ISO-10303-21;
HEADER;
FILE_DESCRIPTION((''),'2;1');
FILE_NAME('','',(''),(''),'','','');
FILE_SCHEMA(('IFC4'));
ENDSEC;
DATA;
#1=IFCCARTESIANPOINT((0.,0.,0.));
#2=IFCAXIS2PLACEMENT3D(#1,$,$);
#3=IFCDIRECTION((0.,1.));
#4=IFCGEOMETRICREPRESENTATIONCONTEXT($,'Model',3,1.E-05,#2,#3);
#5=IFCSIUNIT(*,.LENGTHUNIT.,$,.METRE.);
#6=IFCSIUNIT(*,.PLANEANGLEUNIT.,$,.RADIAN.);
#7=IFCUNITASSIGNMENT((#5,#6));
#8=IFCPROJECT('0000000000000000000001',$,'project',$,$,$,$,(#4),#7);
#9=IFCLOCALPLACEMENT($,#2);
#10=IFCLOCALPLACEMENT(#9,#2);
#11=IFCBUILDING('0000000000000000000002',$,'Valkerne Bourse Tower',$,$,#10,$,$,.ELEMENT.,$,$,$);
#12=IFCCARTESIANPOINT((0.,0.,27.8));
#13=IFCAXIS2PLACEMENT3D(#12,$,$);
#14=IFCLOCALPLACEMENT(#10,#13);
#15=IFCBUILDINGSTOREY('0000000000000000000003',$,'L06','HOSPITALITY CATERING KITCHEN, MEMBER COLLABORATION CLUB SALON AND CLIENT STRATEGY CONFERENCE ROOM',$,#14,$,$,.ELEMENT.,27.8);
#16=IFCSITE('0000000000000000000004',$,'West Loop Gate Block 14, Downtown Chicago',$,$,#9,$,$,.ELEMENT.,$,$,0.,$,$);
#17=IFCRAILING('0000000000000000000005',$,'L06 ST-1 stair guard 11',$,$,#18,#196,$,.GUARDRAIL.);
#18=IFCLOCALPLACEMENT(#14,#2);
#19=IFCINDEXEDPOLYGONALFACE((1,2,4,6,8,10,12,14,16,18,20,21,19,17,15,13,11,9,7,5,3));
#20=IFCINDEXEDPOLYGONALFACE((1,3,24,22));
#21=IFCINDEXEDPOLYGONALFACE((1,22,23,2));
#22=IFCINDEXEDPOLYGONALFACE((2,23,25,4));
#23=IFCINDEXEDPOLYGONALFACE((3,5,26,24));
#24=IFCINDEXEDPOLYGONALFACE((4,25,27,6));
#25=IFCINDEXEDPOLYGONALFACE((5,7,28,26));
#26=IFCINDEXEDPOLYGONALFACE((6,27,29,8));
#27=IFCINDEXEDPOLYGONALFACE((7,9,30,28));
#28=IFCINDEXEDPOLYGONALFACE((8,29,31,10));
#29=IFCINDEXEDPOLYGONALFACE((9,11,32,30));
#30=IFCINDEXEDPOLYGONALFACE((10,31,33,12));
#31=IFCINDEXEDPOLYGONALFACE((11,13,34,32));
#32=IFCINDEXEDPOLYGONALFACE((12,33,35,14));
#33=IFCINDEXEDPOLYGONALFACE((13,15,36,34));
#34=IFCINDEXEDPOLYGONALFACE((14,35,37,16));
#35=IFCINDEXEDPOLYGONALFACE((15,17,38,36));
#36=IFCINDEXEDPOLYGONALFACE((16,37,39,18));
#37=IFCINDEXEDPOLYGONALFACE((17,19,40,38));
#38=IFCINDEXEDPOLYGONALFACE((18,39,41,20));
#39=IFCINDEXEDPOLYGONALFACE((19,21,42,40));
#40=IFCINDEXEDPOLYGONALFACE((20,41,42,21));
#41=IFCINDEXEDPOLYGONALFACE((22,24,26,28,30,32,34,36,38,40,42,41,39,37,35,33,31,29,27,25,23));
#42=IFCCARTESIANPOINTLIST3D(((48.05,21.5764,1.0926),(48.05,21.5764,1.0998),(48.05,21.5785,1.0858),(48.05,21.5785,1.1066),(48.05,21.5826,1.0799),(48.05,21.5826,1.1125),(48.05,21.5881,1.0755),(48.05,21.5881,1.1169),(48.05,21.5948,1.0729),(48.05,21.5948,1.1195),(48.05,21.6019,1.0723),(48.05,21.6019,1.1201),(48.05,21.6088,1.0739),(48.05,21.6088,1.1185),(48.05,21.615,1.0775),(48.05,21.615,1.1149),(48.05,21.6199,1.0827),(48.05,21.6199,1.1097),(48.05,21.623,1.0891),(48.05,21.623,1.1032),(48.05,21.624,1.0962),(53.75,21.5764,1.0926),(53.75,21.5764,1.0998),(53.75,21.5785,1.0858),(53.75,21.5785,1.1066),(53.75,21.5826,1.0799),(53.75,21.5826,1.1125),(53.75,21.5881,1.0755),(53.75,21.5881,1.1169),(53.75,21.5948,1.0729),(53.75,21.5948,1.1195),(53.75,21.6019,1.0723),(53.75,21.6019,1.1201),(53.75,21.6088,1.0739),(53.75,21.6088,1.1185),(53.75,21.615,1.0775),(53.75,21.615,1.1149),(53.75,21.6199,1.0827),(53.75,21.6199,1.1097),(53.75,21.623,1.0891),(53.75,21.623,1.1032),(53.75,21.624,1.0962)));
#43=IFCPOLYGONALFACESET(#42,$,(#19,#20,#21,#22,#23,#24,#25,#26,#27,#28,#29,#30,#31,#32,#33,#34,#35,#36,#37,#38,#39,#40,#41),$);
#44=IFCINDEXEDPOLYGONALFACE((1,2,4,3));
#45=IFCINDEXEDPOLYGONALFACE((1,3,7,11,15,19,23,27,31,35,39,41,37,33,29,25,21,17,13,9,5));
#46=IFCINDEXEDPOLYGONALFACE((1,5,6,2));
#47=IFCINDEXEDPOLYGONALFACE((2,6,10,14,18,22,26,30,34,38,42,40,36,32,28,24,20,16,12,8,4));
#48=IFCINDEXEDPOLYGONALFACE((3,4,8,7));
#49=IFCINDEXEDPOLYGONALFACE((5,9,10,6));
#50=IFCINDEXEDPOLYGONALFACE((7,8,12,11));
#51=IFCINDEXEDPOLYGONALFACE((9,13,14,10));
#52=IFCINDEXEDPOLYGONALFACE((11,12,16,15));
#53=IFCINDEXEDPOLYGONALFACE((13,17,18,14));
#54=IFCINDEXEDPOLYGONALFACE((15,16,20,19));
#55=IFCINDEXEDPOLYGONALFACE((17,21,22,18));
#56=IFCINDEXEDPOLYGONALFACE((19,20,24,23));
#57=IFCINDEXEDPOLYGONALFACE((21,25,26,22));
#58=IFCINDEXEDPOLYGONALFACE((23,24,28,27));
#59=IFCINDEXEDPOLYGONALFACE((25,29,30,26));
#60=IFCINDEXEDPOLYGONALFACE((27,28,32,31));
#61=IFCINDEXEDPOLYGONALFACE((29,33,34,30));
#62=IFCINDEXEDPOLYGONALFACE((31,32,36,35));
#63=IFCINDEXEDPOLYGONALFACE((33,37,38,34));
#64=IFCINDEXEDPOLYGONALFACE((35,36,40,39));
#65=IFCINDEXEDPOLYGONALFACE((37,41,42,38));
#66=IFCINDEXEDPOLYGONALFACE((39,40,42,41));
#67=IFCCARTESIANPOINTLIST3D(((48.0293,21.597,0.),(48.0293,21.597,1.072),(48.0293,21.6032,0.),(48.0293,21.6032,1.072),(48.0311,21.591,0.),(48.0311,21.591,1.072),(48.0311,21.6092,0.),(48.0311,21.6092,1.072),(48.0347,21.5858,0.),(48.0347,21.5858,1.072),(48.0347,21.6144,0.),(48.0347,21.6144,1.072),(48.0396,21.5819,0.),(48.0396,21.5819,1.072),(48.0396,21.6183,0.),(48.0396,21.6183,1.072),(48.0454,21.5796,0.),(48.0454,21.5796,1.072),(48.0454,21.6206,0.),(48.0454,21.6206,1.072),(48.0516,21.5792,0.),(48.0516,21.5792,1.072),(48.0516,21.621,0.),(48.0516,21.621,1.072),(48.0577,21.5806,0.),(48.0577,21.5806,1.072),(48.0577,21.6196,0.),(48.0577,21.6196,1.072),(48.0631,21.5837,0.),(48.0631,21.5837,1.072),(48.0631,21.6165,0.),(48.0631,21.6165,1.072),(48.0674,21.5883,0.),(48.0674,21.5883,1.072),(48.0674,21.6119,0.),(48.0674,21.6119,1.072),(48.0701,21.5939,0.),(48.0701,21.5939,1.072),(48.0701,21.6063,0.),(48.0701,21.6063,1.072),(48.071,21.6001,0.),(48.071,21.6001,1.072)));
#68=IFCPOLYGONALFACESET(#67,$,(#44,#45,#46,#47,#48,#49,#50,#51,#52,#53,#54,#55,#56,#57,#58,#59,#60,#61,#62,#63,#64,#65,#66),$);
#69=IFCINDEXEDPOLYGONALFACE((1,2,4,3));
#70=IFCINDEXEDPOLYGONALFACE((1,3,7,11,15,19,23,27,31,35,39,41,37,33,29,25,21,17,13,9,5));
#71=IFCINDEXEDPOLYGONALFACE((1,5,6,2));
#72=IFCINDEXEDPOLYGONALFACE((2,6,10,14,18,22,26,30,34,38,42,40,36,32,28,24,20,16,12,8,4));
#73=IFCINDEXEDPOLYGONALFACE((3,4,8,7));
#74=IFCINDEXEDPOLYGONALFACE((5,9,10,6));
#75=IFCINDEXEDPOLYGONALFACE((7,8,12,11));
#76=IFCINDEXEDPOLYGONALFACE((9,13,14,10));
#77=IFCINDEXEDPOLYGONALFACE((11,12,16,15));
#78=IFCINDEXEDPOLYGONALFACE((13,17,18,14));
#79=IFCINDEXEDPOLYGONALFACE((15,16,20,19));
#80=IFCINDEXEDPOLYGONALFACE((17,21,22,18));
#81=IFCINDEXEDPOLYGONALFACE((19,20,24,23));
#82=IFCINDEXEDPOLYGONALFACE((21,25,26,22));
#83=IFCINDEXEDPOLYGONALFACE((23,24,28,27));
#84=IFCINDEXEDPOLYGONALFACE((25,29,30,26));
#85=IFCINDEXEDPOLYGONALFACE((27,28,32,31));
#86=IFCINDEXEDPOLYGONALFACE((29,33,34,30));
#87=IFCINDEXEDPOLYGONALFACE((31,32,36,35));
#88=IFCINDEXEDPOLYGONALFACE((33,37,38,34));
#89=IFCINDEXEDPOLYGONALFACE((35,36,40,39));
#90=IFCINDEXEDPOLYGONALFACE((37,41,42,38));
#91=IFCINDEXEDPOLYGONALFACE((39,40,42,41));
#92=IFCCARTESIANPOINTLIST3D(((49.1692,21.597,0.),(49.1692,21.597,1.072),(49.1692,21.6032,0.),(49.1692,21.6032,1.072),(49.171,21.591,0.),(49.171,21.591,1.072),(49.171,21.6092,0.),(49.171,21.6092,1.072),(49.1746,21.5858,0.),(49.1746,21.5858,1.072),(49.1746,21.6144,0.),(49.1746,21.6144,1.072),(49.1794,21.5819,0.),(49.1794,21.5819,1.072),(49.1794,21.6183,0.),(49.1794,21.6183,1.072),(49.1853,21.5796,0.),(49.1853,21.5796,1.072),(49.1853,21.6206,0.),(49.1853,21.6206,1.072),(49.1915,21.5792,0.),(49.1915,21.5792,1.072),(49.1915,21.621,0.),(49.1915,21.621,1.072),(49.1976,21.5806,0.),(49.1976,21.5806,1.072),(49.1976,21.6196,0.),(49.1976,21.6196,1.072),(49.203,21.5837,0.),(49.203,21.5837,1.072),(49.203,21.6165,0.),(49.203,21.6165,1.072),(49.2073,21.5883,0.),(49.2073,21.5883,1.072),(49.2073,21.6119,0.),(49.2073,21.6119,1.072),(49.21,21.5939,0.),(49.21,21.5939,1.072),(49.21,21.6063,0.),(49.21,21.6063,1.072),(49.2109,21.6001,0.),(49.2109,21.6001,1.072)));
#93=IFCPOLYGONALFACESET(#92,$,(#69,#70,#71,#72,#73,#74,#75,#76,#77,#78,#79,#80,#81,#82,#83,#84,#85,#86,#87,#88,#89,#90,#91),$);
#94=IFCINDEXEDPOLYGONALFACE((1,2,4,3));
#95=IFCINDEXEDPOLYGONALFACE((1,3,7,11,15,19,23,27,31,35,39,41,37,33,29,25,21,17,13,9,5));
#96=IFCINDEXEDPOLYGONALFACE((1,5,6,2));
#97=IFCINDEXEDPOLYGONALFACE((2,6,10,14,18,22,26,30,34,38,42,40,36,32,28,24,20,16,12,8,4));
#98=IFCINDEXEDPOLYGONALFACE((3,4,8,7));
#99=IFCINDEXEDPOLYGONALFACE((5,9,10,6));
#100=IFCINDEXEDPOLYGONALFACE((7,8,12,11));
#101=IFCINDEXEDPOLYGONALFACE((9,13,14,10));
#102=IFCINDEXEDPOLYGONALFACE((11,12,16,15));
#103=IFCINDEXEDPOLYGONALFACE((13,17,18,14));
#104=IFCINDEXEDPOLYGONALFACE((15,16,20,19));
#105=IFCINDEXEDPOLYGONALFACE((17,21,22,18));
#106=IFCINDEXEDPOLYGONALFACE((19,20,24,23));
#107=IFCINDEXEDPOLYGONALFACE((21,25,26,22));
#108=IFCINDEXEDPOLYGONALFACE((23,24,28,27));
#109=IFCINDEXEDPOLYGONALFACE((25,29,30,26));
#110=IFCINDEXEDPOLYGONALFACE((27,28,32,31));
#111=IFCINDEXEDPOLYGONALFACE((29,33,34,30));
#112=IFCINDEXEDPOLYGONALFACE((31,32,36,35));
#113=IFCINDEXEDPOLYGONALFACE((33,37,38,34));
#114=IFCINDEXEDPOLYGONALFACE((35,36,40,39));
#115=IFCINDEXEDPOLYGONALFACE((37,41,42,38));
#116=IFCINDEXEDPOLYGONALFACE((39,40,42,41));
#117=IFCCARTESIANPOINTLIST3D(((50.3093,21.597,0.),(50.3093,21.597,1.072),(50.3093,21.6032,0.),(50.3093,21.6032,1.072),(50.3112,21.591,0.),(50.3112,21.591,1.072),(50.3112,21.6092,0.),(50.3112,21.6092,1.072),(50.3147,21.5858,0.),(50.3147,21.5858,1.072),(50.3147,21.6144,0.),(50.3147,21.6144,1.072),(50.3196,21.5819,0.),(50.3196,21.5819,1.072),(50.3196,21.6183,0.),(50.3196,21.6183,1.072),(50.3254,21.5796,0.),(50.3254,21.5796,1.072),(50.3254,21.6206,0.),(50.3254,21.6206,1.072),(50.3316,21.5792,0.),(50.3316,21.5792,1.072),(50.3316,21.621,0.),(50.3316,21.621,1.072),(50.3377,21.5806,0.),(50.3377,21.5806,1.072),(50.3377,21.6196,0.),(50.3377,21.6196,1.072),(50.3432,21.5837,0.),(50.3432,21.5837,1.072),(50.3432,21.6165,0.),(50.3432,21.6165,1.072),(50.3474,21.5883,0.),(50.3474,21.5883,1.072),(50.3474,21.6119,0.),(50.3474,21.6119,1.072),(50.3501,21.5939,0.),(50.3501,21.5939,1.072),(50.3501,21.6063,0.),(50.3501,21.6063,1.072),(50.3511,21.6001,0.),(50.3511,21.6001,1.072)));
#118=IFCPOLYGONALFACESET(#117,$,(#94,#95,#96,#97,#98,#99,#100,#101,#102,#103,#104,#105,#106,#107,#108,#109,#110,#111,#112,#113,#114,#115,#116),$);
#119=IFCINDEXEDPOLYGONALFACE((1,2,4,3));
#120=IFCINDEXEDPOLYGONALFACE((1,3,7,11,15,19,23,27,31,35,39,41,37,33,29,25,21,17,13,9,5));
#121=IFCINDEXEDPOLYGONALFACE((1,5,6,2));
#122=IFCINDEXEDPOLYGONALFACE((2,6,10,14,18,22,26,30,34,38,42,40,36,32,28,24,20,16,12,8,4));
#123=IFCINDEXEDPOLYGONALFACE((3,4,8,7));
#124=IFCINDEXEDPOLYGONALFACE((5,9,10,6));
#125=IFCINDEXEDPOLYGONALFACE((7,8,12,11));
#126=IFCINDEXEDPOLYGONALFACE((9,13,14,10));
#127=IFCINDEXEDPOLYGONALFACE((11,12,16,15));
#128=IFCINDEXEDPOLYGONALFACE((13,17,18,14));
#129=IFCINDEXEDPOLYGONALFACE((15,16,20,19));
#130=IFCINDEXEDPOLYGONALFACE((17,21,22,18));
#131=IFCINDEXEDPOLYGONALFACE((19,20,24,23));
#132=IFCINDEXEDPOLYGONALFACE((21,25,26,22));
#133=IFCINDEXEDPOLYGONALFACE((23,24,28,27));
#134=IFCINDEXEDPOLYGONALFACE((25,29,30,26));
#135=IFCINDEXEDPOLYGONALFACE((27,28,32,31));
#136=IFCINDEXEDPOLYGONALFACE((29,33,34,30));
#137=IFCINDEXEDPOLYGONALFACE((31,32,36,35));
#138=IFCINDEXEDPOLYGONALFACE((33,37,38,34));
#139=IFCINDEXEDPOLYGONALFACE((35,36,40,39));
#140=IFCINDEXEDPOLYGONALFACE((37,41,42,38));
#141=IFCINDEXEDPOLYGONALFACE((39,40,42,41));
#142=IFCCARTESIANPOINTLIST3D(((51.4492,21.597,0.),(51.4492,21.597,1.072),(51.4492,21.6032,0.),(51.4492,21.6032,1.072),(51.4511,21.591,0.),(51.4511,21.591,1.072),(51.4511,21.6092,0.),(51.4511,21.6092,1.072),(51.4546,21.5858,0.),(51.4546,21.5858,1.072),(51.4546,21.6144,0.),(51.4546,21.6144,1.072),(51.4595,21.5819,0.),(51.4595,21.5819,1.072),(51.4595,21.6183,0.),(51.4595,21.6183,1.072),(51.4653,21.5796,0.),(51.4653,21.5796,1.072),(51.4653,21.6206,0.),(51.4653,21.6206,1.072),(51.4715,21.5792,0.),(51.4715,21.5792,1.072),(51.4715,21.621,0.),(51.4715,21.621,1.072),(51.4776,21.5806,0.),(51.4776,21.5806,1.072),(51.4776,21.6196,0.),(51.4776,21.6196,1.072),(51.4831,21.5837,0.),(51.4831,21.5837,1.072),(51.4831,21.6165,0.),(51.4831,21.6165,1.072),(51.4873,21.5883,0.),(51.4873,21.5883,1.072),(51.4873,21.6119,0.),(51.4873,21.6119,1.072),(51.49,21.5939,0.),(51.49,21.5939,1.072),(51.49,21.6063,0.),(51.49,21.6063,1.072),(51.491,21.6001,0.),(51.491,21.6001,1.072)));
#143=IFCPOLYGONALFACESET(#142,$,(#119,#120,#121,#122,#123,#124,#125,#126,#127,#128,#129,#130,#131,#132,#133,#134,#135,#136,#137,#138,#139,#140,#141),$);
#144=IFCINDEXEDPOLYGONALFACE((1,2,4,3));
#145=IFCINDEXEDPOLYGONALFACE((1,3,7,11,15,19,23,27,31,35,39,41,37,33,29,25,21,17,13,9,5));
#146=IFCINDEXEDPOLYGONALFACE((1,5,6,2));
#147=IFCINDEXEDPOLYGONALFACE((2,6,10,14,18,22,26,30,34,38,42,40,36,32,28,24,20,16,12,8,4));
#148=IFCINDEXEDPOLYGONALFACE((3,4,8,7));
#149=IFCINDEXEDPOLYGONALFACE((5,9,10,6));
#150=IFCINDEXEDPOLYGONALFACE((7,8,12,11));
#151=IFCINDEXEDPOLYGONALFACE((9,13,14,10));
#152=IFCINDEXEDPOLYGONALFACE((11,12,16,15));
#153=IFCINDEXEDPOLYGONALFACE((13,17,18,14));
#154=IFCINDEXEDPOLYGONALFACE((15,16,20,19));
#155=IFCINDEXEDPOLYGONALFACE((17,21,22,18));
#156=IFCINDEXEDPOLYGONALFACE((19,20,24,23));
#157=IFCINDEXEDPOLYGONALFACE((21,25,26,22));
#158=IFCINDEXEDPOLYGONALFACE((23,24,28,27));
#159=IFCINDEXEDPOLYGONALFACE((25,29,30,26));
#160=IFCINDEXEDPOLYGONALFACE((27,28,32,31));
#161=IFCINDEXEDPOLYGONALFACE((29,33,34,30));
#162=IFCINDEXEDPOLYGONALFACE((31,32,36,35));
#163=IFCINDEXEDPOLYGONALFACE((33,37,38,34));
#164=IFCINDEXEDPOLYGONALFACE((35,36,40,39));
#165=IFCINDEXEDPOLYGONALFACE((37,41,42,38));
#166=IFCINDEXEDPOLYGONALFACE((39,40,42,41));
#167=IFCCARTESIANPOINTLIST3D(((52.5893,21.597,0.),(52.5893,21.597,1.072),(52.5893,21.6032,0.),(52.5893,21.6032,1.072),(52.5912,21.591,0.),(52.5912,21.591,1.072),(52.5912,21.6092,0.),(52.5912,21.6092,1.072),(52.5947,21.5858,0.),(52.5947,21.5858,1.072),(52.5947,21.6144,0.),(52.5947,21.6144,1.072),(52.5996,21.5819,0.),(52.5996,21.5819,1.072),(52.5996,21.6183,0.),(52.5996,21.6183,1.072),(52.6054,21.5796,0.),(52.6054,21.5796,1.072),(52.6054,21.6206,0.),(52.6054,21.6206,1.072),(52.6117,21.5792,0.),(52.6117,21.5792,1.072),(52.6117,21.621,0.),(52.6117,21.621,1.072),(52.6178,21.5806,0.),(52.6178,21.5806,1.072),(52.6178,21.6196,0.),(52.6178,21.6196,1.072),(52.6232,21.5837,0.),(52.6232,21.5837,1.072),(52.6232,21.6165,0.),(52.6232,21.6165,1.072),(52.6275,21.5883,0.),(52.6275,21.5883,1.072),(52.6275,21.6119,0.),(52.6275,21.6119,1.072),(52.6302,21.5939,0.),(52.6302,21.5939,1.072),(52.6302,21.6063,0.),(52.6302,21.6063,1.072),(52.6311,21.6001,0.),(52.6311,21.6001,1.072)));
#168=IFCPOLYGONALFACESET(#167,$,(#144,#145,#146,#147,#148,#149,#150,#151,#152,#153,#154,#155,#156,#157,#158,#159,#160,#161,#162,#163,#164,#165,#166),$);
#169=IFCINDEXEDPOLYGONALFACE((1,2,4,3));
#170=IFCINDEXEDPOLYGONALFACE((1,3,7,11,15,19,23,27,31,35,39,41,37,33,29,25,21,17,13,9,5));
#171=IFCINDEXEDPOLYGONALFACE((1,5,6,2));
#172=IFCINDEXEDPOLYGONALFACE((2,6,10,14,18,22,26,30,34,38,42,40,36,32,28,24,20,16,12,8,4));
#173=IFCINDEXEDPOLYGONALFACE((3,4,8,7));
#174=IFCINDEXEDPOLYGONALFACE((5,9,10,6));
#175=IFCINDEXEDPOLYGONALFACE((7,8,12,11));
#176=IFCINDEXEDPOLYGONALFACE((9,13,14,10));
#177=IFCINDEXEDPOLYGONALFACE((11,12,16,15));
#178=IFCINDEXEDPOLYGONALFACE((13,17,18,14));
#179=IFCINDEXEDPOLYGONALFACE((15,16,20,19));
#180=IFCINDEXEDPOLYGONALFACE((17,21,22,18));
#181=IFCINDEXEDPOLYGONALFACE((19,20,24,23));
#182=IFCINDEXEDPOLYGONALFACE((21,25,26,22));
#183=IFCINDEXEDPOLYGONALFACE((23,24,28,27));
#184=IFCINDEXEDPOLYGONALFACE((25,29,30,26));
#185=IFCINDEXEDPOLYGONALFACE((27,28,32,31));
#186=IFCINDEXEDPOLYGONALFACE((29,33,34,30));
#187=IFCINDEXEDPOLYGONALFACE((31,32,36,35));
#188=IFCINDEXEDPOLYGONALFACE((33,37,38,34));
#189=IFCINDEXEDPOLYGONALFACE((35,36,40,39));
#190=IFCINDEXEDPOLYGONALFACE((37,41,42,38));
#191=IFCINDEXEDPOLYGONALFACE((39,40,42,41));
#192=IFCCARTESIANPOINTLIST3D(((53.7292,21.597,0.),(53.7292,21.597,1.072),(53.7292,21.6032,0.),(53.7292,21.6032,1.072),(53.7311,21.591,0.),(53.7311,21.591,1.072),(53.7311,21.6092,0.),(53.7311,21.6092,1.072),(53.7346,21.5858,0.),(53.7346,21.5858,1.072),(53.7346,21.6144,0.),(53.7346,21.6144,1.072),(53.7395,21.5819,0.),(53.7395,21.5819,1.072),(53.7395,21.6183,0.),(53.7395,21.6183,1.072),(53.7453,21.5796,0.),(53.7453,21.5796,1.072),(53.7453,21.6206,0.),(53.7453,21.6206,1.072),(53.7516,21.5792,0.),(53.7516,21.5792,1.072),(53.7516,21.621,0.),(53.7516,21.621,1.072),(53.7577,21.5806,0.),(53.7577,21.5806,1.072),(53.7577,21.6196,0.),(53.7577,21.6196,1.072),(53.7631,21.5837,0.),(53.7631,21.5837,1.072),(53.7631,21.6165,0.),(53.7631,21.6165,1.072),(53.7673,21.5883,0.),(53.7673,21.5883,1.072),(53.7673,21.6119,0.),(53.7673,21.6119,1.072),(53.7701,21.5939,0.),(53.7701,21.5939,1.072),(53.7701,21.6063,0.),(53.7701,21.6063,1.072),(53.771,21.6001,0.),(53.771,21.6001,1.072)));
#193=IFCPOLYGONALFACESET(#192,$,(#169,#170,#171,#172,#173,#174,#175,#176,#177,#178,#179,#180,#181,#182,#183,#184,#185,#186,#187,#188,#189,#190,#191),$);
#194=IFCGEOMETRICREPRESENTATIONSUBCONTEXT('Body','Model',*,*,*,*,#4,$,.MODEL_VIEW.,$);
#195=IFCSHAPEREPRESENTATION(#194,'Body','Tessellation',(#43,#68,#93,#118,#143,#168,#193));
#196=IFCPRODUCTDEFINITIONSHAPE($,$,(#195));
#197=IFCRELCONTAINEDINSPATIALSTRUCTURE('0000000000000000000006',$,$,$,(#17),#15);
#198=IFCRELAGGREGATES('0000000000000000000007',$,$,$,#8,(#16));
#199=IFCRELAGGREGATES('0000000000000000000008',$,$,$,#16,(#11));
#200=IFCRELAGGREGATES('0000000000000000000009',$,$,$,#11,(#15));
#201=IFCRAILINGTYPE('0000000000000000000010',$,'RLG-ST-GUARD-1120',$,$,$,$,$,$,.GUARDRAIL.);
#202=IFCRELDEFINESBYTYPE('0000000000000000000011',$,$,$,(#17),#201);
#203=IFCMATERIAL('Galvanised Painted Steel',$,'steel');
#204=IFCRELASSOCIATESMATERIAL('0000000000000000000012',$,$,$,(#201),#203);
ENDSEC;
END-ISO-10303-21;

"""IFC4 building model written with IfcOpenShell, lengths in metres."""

from ifc_helpers import new_model, si_unit, direction, frame, origin, origin_2d, place, context, subcontext, project, spatial, circle, extrude, material, type_object, element, save


model = new_model("IFC4")

# Units and contexts
model_context = context("Model", 3, precision=1e-05, world=origin(), true_north=direction((0.0, 1.0)))
body_context = subcontext(model_context, "Body", "Model", "MODEL_VIEW")
ifc_project = project(units=[si_unit("LENGTHUNIT", "METRE"), si_unit("PLANEANGLEUNIT", "RADIAN")], contexts=[model_context])

# Site, building, storey
site_placement = place(None, origin())
site = spatial("IfcSite", under=ifc_project, at=site_placement, Name="West Loop Gate Block 14, Downtown Chicago", CompositionType="ELEMENT", RefElevation=0.0)
building_placement = place(site_placement, origin())
building = spatial("IfcBuilding", under=site, at=building_placement, Name="Valkerne Bourse Tower", CompositionType="ELEMENT")
storey_placement = place(building_placement, frame((0.0, 0.0, 27.8)))
storey = spatial("IfcBuildingStorey", under=building, at=storey_placement, Name="L06", Description="HOSPITALITY CATERING KITCHEN, MEMBER COLLABORATION CLUB SALON AND CLIENT STRATEGY CONFERENCE ROOM", CompositionType="ELEMENT", Elevation=27.8)

# Shared definitions
ifc_material_1 = material(Name="Galvanised Painted Steel", Category="steel")

# Railing
railing_type_1 = type_object("IfcRailingType", Name="RLG-ST-GUARD-1120", PredefinedType="GUARDRAIL", material=ifc_material_1)
railing_1_placement = place(storey_placement, frame((48.05, 21.6001, 0.0)))
element("IfcRailing", 1, at=railing_1_placement, inside=storey, type_object=railing_type_1, Name="L06 ST-1 stair guard 11", PredefinedType="GUARDRAIL", context=body_context, shape_type="SweptSolid", body=[
    extrude(circle(Radius=0.0239, at=origin_2d()), frame((0.0, 0.0, 1.0962), z_axis=(1.0, 0.0, 0.0), x_axis=(0.0, 1.0, 0.0)), (0.0, 0.0, 1.0), 5.7),
    extrude(circle(Radius=0.021, at=origin_2d()), origin(), (0.0, 0.0, 1.0), 1.072),
    extrude(circle(Radius=0.021, at=origin_2d()), frame((1.1399, 0.0, 0.0)), (0.0, 0.0, 1.0), 1.072),
    extrude(circle(Radius=0.021, at=origin_2d()), frame((2.28, 0.0, 0.0)), (0.0, 0.0, 1.0), 1.072),
    extrude(circle(Radius=0.021, at=origin_2d()), frame((3.4199, 0.0, 0.0)), (0.0, 0.0, 1.0), 1.072),
    extrude(circle(Radius=0.021, at=origin_2d()), frame((4.5601, 0.0, 0.0)), (0.0, 0.0, 1.0), 1.072),
    extrude(circle(Radius=0.021, at=origin_2d()), frame((5.7, 0.0, 0.0)), (0.0, 0.0, 1.0), 1.072),
])

save(model, "model.ifc")
